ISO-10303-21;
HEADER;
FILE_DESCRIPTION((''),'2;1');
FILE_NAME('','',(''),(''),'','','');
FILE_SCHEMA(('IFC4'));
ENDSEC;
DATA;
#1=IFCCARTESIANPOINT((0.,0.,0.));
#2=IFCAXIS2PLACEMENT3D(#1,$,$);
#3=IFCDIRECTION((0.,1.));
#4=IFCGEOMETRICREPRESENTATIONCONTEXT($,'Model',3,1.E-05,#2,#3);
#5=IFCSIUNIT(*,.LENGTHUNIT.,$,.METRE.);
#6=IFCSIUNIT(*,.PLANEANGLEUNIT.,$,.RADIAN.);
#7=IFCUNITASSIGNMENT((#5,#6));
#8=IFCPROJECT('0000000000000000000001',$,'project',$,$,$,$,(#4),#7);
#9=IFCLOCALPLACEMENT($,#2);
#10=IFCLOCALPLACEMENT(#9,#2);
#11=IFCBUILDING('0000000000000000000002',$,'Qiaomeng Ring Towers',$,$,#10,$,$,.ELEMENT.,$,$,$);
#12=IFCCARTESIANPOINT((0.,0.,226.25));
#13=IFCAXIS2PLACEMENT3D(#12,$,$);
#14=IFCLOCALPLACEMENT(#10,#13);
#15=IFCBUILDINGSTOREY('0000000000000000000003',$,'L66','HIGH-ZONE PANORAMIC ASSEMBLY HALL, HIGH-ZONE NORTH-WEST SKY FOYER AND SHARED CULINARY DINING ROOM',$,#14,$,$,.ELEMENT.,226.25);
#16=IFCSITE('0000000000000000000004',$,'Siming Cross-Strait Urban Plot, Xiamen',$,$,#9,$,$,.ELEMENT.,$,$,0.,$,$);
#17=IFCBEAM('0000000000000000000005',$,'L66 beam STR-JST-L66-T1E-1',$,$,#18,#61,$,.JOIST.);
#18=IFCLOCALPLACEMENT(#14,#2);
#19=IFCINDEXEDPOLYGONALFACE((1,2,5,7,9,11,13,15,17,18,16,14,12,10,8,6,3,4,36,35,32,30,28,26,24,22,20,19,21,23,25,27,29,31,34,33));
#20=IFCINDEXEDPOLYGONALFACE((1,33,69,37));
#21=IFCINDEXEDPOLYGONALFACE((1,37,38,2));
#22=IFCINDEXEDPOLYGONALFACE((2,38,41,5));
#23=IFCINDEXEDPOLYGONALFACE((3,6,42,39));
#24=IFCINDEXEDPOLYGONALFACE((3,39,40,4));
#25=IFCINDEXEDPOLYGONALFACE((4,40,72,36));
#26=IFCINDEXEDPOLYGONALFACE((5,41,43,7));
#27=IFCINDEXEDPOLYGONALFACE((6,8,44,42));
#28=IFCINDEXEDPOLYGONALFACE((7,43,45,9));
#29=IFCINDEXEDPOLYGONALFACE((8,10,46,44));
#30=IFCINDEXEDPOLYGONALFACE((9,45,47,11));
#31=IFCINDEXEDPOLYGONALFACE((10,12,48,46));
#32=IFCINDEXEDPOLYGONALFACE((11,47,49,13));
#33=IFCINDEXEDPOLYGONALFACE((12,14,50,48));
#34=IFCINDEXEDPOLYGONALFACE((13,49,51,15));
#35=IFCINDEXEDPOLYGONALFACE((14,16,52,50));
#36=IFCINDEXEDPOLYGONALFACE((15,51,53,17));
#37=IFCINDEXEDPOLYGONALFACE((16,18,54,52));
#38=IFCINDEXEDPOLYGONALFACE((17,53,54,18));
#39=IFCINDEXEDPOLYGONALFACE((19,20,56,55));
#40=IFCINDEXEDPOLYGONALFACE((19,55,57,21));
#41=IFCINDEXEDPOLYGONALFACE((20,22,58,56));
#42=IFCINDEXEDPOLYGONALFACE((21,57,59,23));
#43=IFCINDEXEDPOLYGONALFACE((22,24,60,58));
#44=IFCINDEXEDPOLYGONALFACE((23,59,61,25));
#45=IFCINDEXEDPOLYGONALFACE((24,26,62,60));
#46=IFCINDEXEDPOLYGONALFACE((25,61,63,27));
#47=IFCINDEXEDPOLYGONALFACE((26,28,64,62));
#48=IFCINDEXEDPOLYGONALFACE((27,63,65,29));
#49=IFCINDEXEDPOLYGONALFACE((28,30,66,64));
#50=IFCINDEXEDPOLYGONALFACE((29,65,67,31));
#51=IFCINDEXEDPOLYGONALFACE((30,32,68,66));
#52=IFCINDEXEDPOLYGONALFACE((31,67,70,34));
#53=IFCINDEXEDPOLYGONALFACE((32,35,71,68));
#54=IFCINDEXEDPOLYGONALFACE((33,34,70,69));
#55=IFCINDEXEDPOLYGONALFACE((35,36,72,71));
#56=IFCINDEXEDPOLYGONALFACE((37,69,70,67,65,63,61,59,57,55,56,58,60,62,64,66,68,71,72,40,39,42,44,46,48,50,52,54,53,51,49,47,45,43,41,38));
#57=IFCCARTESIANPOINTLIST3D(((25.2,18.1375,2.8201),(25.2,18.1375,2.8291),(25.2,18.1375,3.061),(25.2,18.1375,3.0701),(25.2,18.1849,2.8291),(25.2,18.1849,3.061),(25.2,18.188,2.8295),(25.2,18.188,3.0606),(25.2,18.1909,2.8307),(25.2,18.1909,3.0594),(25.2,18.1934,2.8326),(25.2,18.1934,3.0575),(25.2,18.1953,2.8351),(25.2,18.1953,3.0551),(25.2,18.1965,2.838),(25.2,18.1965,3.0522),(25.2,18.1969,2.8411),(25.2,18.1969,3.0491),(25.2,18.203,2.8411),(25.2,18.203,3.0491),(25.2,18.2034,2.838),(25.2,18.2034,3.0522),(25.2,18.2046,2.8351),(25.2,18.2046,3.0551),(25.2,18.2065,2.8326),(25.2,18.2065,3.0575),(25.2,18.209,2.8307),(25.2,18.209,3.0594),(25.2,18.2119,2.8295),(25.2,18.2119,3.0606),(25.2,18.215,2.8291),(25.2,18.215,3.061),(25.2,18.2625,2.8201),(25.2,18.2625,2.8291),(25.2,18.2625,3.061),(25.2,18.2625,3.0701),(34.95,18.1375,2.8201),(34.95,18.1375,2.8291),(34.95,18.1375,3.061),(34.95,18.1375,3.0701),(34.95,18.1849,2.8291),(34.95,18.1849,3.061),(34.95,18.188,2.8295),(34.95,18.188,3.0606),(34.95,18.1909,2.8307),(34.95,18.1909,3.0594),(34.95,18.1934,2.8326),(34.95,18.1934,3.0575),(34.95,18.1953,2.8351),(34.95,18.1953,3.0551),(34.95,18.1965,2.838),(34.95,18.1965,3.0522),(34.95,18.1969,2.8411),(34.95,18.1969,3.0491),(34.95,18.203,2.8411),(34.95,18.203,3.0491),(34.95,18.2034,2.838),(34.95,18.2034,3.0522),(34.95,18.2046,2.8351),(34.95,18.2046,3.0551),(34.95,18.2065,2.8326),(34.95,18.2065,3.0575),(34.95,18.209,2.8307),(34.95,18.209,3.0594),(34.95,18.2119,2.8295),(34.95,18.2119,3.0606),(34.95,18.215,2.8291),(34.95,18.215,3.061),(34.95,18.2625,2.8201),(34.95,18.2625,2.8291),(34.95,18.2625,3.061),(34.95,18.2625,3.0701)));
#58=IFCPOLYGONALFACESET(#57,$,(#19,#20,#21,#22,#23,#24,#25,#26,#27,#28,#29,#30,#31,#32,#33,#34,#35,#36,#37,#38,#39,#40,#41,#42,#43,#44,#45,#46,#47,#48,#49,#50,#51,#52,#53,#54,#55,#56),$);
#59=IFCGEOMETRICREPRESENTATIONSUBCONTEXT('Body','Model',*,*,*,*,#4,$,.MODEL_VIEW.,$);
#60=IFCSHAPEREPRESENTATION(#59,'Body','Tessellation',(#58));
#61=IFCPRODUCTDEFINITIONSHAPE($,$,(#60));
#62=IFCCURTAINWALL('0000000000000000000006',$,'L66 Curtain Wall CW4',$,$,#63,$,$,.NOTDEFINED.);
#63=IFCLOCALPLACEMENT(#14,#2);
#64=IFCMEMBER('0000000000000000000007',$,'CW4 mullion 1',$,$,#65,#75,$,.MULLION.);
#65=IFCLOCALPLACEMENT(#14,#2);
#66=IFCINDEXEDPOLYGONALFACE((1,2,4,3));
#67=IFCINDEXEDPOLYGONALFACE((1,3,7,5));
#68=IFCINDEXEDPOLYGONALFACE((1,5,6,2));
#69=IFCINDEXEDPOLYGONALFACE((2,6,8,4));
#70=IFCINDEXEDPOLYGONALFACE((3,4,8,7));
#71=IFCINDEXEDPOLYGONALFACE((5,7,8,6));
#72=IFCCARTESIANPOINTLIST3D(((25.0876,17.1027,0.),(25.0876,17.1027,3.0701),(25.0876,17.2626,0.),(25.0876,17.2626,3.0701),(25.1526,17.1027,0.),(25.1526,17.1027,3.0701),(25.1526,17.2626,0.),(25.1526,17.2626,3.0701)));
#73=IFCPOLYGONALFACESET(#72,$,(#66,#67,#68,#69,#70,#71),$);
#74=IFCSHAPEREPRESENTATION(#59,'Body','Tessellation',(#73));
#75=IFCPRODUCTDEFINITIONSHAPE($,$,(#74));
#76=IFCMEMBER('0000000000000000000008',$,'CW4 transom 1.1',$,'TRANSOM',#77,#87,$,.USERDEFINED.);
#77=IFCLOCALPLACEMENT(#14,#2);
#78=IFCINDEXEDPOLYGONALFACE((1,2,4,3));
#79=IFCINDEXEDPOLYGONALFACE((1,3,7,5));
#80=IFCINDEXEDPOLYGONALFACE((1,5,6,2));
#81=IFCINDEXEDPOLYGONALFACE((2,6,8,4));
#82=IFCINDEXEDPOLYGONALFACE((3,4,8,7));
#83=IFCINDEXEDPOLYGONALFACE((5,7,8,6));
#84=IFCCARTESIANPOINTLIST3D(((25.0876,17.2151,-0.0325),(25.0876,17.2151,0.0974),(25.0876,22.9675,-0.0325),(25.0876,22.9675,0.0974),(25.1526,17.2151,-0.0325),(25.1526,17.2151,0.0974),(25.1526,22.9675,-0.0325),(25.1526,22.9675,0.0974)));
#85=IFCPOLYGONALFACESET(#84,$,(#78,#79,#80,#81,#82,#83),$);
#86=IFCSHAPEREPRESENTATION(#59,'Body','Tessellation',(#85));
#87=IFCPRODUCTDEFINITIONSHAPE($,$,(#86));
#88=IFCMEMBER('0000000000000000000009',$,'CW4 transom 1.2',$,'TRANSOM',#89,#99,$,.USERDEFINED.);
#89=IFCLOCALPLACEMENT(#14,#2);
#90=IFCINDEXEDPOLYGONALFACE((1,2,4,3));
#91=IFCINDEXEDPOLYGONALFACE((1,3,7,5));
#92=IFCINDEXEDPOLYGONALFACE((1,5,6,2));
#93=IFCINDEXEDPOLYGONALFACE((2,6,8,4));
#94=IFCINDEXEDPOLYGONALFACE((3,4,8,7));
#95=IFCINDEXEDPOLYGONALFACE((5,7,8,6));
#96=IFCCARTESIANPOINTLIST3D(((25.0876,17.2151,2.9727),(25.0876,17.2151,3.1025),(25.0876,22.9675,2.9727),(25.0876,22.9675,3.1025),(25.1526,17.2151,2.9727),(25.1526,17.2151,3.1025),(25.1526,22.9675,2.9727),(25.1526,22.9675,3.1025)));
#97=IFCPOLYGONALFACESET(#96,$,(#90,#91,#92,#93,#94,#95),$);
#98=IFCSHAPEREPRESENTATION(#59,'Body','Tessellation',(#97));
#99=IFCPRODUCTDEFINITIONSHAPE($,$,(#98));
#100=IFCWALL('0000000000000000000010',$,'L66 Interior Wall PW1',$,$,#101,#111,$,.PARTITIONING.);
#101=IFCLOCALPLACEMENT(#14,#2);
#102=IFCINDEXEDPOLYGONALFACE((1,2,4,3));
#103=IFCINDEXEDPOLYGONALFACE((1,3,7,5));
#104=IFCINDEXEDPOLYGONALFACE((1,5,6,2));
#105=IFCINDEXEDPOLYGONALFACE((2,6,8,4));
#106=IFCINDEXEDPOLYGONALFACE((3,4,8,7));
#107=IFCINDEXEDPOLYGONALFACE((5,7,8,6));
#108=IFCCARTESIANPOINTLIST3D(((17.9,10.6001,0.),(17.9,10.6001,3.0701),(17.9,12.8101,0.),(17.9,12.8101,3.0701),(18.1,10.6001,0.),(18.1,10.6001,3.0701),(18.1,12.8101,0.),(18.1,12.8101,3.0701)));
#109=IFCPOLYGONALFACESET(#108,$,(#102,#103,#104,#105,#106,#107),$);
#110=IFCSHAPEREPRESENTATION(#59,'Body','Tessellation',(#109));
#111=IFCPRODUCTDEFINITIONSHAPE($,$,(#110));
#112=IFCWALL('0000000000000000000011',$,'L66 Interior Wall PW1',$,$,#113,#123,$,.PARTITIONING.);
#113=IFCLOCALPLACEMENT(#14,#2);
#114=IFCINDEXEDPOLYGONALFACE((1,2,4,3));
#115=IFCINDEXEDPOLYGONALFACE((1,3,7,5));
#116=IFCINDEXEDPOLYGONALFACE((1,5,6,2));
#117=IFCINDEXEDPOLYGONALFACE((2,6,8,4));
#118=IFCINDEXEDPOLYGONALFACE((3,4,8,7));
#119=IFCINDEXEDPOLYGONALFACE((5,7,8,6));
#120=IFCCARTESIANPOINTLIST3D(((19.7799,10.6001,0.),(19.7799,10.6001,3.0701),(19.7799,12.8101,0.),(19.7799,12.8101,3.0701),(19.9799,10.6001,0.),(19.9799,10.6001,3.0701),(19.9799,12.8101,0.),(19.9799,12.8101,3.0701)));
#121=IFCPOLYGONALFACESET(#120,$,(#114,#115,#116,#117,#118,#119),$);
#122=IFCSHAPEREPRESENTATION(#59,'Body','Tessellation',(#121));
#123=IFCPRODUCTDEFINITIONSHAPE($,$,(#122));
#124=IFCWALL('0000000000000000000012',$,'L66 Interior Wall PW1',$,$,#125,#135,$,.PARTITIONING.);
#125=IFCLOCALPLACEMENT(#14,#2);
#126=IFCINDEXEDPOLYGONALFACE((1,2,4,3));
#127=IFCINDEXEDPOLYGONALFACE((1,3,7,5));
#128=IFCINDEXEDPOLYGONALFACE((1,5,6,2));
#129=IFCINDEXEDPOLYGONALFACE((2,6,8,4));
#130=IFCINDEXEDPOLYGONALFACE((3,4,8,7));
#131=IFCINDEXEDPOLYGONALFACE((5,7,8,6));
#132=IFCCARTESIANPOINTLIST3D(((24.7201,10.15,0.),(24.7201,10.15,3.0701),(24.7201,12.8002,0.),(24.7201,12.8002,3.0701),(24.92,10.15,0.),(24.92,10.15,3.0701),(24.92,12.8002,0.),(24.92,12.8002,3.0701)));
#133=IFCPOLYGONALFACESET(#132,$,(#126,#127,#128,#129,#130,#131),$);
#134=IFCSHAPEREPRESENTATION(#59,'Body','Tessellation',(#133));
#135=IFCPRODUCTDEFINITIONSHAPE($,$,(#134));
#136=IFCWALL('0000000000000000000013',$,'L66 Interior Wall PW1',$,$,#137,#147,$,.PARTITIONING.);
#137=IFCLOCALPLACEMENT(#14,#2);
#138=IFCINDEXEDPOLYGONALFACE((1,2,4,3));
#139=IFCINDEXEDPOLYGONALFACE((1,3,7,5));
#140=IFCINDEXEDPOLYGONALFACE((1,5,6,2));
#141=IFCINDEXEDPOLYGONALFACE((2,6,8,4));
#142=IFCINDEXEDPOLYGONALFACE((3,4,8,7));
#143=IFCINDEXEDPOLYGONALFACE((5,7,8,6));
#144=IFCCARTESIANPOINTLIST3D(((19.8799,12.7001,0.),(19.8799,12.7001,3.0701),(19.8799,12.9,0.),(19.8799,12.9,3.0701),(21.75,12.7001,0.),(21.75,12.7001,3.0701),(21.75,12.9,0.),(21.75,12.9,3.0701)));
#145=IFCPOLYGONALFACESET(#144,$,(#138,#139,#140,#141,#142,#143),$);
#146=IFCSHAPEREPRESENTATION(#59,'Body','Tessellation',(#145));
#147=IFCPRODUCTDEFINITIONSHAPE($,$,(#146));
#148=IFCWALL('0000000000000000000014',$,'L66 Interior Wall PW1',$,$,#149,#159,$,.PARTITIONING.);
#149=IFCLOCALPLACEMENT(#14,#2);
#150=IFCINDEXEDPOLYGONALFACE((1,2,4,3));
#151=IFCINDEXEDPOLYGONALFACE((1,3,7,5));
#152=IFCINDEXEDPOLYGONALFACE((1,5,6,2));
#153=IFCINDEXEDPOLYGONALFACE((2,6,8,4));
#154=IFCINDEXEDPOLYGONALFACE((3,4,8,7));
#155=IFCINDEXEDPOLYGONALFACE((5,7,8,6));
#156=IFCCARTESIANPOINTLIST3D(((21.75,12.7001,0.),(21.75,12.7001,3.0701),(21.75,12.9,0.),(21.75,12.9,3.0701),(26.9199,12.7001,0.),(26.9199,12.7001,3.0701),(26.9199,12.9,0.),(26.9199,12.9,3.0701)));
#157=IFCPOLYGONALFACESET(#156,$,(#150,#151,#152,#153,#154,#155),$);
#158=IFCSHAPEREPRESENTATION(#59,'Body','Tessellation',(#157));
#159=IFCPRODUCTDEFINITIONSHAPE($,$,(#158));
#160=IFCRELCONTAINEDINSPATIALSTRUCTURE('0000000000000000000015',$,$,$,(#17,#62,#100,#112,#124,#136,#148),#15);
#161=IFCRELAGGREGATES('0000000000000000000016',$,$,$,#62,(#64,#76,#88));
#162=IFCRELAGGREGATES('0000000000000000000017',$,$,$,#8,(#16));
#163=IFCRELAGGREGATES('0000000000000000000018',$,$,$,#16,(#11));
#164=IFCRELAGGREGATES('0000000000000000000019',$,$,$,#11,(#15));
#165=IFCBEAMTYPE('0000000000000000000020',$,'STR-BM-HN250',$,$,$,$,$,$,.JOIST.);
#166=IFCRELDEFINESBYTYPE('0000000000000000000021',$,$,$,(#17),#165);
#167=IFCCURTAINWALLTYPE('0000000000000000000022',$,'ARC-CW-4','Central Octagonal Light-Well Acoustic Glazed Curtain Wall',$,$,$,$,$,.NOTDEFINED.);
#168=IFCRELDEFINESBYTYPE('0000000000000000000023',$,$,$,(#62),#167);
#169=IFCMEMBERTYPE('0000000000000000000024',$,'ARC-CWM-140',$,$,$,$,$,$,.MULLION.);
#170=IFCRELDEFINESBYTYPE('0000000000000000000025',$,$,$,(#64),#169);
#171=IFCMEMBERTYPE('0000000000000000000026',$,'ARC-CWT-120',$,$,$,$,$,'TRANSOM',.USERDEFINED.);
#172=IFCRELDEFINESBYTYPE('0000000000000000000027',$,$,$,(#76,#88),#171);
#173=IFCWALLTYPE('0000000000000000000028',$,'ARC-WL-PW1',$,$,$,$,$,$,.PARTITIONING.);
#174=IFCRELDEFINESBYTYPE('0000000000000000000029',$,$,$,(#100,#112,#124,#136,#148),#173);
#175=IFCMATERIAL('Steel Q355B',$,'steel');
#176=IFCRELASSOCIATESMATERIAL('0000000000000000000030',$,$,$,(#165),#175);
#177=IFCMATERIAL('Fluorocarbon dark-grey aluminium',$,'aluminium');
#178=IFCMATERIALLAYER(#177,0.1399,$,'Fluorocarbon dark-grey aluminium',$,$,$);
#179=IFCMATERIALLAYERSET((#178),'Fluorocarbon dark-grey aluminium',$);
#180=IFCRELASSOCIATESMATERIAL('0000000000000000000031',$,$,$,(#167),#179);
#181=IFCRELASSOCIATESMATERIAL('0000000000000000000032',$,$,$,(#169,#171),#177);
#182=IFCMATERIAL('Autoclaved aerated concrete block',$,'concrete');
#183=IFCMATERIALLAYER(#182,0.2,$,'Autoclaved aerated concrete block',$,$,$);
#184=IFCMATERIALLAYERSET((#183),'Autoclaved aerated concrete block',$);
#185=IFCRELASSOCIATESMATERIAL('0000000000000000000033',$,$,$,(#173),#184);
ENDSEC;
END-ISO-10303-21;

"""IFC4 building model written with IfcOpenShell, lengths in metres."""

from ifc_helpers import new_model, si_unit, direction, frame, frame_2d, origin, origin_2d, place, context, subcontext, project, spatial, rectangle, i_section, extrude, source, transform, mapped, material, layer, layer_set, material_profile, profile_set, type_object, element, aggregate, save


model = new_model("IFC4")

# Units and contexts
model_context = context("Model", 3, precision=1e-05, world=origin(), true_north=direction((0.0, 1.0)))
body_context = subcontext(model_context, "Body", "Model", "MODEL_VIEW")
ifc_project = project(units=[si_unit("LENGTHUNIT", "METRE"), si_unit("PLANEANGLEUNIT", "RADIAN")], contexts=[model_context])

# Site, building, storey
site_placement = place(None, origin())
site = spatial("IfcSite", under=ifc_project, at=site_placement, Name="Siming Cross-Strait Urban Plot, Xiamen", CompositionType="ELEMENT", RefElevation=0.0)
building_placement = place(site_placement, origin())
building = spatial("IfcBuilding", under=site, at=building_placement, Name="Qiaomeng Ring Towers", CompositionType="ELEMENT")
storey_placement = place(building_placement, frame((0.0, 0.0, 226.25)))
storey = spatial("IfcBuildingStorey", under=building, at=storey_placement, Name="L66", Description="HIGH-ZONE PANORAMIC ASSEMBLY HALL, HIGH-ZONE NORTH-WEST SKY FOYER AND SHARED CULINARY DINING ROOM", CompositionType="ELEMENT", Elevation=226.25)

# Beam
ifc_material_1 = material(Name="Steel Q355B", Category="steel")
ifc_material_profile_1 = material_profile(ifc_material_1, i_section(OverallWidth=0.125, OverallDepth=0.25, WebThickness=0.0061, FlangeThickness=0.009, FilletRadius=0.012, at=origin_2d()), Name="HN 250x125x6x9")
ifc_profile_set_1 = profile_set([ifc_material_profile_1], Name="Steel Q355B")
beam_type_1 = type_object("IfcBeamType", Name="STR-BM-HN250", PredefinedType="JOIST", material=ifc_profile_set_1)
shared_shape_1 = source(origin(), body_context, "Body", "SweptSolid", [
    extrude(i_section(OverallWidth=0.125, OverallDepth=0.25, WebThickness=0.0061, FlangeThickness=0.009, FilletRadius=0.012, at=origin_2d()), origin(), (0.0, 0.0, 1.0), 9.75),
])
beam_1_placement = place(storey_placement, frame((25.2, 18.2, 2.9451), z_axis=(1.0, 0.0, 0.0), x_axis=(0.0, 1.0, 0.0)))
element("IfcBeam", 1, at=beam_1_placement, inside=storey, type_object=beam_type_1, Name="L66 beam STR-JST-L66-T1E-1", PredefinedType="JOIST", context=body_context, shape_type="MappedRepresentation", body=[
    mapped(shared_shape_1, transform((0.0, 0.0, 0.0), x_axis=(1.0, 0.0, 0.0), y_axis=(0.0, 1.0, 0.0), z_axis=(0.0, 0.0, 1.0), scale=1.0)),
])

# Curtain wall, members
ifc_material_2 = material(Name="Fluorocarbon dark-grey aluminium", Category="aluminium")
ifc_layer_1 = layer(ifc_material_2, 0.1399, Name="Fluorocarbon dark-grey aluminium")
ifc_layer_set_1 = layer_set([ifc_layer_1], Name="Fluorocarbon dark-grey aluminium")
curtain_wall_type = type_object("IfcCurtainWallType", Name="ARC-CW-4", Description="Central Octagonal Light-Well Acoustic Glazed Curtain Wall", PredefinedType="NOTDEFINED", material=ifc_layer_set_1)
curtain_wall_placement = place(storey_placement, origin())
curtain_wall = element("IfcCurtainWall", 2, at=curtain_wall_placement, inside=storey, type_object=curtain_wall_type, Name="L66 Curtain Wall CW4", PredefinedType="NOTDEFINED")
ifc_material_profile_2 = material_profile(ifc_material_2, rectangle(XDim=0.0649, YDim=0.1599, at=origin_2d()), Name="ALU MULL 65x160")
ifc_profile_set_2 = profile_set([ifc_material_profile_2], Name="Fluorocarbon dark-grey aluminium")
member_type_1 = type_object("IfcMemberType", Name="ARC-CWM-140", PredefinedType="MULLION", material=ifc_profile_set_2)
shared_shape_2 = source(origin(), body_context, "Body", "SweptSolid", [
    extrude(rectangle(XDim=0.0649, YDim=0.1599, at=origin_2d()), origin(), (0.0, 0.0, 1.0), 3.0701),
])
member_1_placement = place(storey_placement, frame((25.1201, 17.1826, 0.0), z_axis=(0.0, 0.0, 1.0), x_axis=(-1.0, 0.0, 0.0)))
member_1 = element("IfcMember", 3, at=member_1_placement, type_object=member_type_1, Name="CW4 mullion 1", PredefinedType="MULLION", context=body_context, shape_type="MappedRepresentation", body=[
    mapped(shared_shape_2, transform((0.0, 0.0, 0.0), x_axis=(1.0, 0.0, 0.0), y_axis=(0.0, 1.0, 0.0), z_axis=(0.0, 0.0, 1.0), scale=1.0)),
])
ifc_material_profile_3 = material_profile(ifc_material_2, rectangle(XDim=0.0649, YDim=0.1299, at=origin_2d()), Name="ALU TRAN 65x130")
ifc_profile_set_3 = profile_set([ifc_material_profile_3], Name="Fluorocarbon dark-grey aluminium")
member_type_2 = type_object("IfcMemberType", Name="ARC-CWT-120", ElementType="TRANSOM", PredefinedType="USERDEFINED", material=ifc_profile_set_3)
shared_shape_3 = source(origin(), body_context, "Body", "SweptSolid", [
    extrude(rectangle(XDim=0.0649, YDim=0.1299, at=origin_2d()), origin(), (0.0, 0.0, 1.0), 5.7524),
])
member_2_placement = place(storey_placement, frame((25.1201, 17.2151, 0.0325), z_axis=(0.0, 1.0, 0.0), x_axis=(-1.0, 0.0, 0.0)))
member_2 = element("IfcMember", 4, at=member_2_placement, type_object=member_type_2, Name="CW4 transom 1.1", ObjectType="TRANSOM", PredefinedType="USERDEFINED", context=body_context, shape_type="MappedRepresentation", body=[
    mapped(shared_shape_3, transform((0.0, 0.0, 0.0), x_axis=(1.0, 0.0, 0.0), y_axis=(0.0, 1.0, 0.0), z_axis=(0.0, 0.0, 1.0), scale=1.0)),
])
member_3_placement = place(storey_placement, frame((25.1201, 17.2151, 3.0376), z_axis=(0.0, 1.0, 0.0), x_axis=(-1.0, 0.0, 0.0)))
member_3 = element("IfcMember", 5, at=member_3_placement, type_object=member_type_2, Name="CW4 transom 1.2", ObjectType="TRANSOM", PredefinedType="USERDEFINED", context=body_context, shape_type="MappedRepresentation", body=[
    mapped(shared_shape_3, transform((0.0, 0.0, 0.0), x_axis=(1.0, 0.0, 0.0), y_axis=(0.0, 1.0, 0.0), z_axis=(0.0, 0.0, 1.0), scale=1.0)),
])
aggregate(curtain_wall, [member_1, member_2, member_3])

# Walls
ifc_material_3 = material(Name="Autoclaved aerated concrete block", Category="concrete")
ifc_layer_2 = layer(ifc_material_3, 0.2, Name="Autoclaved aerated concrete block")
ifc_layer_set_2 = layer_set([ifc_layer_2], Name="Autoclaved aerated concrete block")
wall_type_1 = type_object("IfcWallType", Name="ARC-WL-PW1", PredefinedType="PARTITIONING", material=ifc_layer_set_2)
for number, where, z_axis, x_axis, name in (
    (6, (18.0, 10.6001, 0.0), (0.0, 0.0, 1.0), (0.0, 1.0, 0.0), "L66 Interior Wall PW1"),
    (7, (19.8799, 10.6001, 0.0), (0.0, 0.0, 1.0), (0.0, 1.0, 0.0), "L66 Interior Wall PW1"),
):
    element("IfcWall", number, at=place(storey_placement, frame(where, z_axis=z_axis, x_axis=x_axis)), inside=storey, type_object=wall_type_1, Name=name, PredefinedType="PARTITIONING", context=body_context, shape_type="SweptSolid", body=[
        extrude(rectangle(XDim=2.21, YDim=0.2, at=frame_2d((1.105, 0.0))), origin(), (0.0, 0.0, 1.0), 3.0701),
    ])
wall_1_placement = place(storey_placement, frame((24.8201, 10.1499, 0.0), z_axis=(0.0, 0.0, 1.0), x_axis=(0.0, 1.0, 0.0)))
element("IfcWall", 8, at=wall_1_placement, inside=storey, type_object=wall_type_1, Name="L66 Interior Wall PW1", PredefinedType="PARTITIONING", context=body_context, shape_type="SweptSolid", body=[
    extrude(rectangle(XDim=2.6501, YDim=0.2, at=frame_2d((1.3252, 0.0))), origin(), (0.0, 0.0, 1.0), 3.0701),
])
wall_2_placement = place(storey_placement, frame((19.8799, 12.8, 0.0), z_axis=(0.0, 0.0, 1.0), x_axis=(1.0, 0.0, 0.0)))
element("IfcWall", 9, at=wall_2_placement, inside=storey, type_object=wall_type_1, Name="L66 Interior Wall PW1", PredefinedType="PARTITIONING", context=body_context, shape_type="SweptSolid", body=[
    extrude(rectangle(XDim=1.8701, YDim=0.2, at=frame_2d((0.9351, 0.0))), origin(), (0.0, 0.0, 1.0), 3.0701),
])
wall_3_placement = place(storey_placement, frame((21.75, 12.8, 0.0), z_axis=(0.0, 0.0, 1.0), x_axis=(1.0, 0.0, 0.0)))
element("IfcWall", 10, at=wall_3_placement, inside=storey, type_object=wall_type_1, Name="L66 Interior Wall PW1", PredefinedType="PARTITIONING", context=body_context, shape_type="SweptSolid", body=[
    extrude(rectangle(XDim=5.1699, YDim=0.2, at=frame_2d((2.585, 0.0))), origin(), (0.0, 0.0, 1.0), 3.0701),
])

save(model, "model.ifc")
